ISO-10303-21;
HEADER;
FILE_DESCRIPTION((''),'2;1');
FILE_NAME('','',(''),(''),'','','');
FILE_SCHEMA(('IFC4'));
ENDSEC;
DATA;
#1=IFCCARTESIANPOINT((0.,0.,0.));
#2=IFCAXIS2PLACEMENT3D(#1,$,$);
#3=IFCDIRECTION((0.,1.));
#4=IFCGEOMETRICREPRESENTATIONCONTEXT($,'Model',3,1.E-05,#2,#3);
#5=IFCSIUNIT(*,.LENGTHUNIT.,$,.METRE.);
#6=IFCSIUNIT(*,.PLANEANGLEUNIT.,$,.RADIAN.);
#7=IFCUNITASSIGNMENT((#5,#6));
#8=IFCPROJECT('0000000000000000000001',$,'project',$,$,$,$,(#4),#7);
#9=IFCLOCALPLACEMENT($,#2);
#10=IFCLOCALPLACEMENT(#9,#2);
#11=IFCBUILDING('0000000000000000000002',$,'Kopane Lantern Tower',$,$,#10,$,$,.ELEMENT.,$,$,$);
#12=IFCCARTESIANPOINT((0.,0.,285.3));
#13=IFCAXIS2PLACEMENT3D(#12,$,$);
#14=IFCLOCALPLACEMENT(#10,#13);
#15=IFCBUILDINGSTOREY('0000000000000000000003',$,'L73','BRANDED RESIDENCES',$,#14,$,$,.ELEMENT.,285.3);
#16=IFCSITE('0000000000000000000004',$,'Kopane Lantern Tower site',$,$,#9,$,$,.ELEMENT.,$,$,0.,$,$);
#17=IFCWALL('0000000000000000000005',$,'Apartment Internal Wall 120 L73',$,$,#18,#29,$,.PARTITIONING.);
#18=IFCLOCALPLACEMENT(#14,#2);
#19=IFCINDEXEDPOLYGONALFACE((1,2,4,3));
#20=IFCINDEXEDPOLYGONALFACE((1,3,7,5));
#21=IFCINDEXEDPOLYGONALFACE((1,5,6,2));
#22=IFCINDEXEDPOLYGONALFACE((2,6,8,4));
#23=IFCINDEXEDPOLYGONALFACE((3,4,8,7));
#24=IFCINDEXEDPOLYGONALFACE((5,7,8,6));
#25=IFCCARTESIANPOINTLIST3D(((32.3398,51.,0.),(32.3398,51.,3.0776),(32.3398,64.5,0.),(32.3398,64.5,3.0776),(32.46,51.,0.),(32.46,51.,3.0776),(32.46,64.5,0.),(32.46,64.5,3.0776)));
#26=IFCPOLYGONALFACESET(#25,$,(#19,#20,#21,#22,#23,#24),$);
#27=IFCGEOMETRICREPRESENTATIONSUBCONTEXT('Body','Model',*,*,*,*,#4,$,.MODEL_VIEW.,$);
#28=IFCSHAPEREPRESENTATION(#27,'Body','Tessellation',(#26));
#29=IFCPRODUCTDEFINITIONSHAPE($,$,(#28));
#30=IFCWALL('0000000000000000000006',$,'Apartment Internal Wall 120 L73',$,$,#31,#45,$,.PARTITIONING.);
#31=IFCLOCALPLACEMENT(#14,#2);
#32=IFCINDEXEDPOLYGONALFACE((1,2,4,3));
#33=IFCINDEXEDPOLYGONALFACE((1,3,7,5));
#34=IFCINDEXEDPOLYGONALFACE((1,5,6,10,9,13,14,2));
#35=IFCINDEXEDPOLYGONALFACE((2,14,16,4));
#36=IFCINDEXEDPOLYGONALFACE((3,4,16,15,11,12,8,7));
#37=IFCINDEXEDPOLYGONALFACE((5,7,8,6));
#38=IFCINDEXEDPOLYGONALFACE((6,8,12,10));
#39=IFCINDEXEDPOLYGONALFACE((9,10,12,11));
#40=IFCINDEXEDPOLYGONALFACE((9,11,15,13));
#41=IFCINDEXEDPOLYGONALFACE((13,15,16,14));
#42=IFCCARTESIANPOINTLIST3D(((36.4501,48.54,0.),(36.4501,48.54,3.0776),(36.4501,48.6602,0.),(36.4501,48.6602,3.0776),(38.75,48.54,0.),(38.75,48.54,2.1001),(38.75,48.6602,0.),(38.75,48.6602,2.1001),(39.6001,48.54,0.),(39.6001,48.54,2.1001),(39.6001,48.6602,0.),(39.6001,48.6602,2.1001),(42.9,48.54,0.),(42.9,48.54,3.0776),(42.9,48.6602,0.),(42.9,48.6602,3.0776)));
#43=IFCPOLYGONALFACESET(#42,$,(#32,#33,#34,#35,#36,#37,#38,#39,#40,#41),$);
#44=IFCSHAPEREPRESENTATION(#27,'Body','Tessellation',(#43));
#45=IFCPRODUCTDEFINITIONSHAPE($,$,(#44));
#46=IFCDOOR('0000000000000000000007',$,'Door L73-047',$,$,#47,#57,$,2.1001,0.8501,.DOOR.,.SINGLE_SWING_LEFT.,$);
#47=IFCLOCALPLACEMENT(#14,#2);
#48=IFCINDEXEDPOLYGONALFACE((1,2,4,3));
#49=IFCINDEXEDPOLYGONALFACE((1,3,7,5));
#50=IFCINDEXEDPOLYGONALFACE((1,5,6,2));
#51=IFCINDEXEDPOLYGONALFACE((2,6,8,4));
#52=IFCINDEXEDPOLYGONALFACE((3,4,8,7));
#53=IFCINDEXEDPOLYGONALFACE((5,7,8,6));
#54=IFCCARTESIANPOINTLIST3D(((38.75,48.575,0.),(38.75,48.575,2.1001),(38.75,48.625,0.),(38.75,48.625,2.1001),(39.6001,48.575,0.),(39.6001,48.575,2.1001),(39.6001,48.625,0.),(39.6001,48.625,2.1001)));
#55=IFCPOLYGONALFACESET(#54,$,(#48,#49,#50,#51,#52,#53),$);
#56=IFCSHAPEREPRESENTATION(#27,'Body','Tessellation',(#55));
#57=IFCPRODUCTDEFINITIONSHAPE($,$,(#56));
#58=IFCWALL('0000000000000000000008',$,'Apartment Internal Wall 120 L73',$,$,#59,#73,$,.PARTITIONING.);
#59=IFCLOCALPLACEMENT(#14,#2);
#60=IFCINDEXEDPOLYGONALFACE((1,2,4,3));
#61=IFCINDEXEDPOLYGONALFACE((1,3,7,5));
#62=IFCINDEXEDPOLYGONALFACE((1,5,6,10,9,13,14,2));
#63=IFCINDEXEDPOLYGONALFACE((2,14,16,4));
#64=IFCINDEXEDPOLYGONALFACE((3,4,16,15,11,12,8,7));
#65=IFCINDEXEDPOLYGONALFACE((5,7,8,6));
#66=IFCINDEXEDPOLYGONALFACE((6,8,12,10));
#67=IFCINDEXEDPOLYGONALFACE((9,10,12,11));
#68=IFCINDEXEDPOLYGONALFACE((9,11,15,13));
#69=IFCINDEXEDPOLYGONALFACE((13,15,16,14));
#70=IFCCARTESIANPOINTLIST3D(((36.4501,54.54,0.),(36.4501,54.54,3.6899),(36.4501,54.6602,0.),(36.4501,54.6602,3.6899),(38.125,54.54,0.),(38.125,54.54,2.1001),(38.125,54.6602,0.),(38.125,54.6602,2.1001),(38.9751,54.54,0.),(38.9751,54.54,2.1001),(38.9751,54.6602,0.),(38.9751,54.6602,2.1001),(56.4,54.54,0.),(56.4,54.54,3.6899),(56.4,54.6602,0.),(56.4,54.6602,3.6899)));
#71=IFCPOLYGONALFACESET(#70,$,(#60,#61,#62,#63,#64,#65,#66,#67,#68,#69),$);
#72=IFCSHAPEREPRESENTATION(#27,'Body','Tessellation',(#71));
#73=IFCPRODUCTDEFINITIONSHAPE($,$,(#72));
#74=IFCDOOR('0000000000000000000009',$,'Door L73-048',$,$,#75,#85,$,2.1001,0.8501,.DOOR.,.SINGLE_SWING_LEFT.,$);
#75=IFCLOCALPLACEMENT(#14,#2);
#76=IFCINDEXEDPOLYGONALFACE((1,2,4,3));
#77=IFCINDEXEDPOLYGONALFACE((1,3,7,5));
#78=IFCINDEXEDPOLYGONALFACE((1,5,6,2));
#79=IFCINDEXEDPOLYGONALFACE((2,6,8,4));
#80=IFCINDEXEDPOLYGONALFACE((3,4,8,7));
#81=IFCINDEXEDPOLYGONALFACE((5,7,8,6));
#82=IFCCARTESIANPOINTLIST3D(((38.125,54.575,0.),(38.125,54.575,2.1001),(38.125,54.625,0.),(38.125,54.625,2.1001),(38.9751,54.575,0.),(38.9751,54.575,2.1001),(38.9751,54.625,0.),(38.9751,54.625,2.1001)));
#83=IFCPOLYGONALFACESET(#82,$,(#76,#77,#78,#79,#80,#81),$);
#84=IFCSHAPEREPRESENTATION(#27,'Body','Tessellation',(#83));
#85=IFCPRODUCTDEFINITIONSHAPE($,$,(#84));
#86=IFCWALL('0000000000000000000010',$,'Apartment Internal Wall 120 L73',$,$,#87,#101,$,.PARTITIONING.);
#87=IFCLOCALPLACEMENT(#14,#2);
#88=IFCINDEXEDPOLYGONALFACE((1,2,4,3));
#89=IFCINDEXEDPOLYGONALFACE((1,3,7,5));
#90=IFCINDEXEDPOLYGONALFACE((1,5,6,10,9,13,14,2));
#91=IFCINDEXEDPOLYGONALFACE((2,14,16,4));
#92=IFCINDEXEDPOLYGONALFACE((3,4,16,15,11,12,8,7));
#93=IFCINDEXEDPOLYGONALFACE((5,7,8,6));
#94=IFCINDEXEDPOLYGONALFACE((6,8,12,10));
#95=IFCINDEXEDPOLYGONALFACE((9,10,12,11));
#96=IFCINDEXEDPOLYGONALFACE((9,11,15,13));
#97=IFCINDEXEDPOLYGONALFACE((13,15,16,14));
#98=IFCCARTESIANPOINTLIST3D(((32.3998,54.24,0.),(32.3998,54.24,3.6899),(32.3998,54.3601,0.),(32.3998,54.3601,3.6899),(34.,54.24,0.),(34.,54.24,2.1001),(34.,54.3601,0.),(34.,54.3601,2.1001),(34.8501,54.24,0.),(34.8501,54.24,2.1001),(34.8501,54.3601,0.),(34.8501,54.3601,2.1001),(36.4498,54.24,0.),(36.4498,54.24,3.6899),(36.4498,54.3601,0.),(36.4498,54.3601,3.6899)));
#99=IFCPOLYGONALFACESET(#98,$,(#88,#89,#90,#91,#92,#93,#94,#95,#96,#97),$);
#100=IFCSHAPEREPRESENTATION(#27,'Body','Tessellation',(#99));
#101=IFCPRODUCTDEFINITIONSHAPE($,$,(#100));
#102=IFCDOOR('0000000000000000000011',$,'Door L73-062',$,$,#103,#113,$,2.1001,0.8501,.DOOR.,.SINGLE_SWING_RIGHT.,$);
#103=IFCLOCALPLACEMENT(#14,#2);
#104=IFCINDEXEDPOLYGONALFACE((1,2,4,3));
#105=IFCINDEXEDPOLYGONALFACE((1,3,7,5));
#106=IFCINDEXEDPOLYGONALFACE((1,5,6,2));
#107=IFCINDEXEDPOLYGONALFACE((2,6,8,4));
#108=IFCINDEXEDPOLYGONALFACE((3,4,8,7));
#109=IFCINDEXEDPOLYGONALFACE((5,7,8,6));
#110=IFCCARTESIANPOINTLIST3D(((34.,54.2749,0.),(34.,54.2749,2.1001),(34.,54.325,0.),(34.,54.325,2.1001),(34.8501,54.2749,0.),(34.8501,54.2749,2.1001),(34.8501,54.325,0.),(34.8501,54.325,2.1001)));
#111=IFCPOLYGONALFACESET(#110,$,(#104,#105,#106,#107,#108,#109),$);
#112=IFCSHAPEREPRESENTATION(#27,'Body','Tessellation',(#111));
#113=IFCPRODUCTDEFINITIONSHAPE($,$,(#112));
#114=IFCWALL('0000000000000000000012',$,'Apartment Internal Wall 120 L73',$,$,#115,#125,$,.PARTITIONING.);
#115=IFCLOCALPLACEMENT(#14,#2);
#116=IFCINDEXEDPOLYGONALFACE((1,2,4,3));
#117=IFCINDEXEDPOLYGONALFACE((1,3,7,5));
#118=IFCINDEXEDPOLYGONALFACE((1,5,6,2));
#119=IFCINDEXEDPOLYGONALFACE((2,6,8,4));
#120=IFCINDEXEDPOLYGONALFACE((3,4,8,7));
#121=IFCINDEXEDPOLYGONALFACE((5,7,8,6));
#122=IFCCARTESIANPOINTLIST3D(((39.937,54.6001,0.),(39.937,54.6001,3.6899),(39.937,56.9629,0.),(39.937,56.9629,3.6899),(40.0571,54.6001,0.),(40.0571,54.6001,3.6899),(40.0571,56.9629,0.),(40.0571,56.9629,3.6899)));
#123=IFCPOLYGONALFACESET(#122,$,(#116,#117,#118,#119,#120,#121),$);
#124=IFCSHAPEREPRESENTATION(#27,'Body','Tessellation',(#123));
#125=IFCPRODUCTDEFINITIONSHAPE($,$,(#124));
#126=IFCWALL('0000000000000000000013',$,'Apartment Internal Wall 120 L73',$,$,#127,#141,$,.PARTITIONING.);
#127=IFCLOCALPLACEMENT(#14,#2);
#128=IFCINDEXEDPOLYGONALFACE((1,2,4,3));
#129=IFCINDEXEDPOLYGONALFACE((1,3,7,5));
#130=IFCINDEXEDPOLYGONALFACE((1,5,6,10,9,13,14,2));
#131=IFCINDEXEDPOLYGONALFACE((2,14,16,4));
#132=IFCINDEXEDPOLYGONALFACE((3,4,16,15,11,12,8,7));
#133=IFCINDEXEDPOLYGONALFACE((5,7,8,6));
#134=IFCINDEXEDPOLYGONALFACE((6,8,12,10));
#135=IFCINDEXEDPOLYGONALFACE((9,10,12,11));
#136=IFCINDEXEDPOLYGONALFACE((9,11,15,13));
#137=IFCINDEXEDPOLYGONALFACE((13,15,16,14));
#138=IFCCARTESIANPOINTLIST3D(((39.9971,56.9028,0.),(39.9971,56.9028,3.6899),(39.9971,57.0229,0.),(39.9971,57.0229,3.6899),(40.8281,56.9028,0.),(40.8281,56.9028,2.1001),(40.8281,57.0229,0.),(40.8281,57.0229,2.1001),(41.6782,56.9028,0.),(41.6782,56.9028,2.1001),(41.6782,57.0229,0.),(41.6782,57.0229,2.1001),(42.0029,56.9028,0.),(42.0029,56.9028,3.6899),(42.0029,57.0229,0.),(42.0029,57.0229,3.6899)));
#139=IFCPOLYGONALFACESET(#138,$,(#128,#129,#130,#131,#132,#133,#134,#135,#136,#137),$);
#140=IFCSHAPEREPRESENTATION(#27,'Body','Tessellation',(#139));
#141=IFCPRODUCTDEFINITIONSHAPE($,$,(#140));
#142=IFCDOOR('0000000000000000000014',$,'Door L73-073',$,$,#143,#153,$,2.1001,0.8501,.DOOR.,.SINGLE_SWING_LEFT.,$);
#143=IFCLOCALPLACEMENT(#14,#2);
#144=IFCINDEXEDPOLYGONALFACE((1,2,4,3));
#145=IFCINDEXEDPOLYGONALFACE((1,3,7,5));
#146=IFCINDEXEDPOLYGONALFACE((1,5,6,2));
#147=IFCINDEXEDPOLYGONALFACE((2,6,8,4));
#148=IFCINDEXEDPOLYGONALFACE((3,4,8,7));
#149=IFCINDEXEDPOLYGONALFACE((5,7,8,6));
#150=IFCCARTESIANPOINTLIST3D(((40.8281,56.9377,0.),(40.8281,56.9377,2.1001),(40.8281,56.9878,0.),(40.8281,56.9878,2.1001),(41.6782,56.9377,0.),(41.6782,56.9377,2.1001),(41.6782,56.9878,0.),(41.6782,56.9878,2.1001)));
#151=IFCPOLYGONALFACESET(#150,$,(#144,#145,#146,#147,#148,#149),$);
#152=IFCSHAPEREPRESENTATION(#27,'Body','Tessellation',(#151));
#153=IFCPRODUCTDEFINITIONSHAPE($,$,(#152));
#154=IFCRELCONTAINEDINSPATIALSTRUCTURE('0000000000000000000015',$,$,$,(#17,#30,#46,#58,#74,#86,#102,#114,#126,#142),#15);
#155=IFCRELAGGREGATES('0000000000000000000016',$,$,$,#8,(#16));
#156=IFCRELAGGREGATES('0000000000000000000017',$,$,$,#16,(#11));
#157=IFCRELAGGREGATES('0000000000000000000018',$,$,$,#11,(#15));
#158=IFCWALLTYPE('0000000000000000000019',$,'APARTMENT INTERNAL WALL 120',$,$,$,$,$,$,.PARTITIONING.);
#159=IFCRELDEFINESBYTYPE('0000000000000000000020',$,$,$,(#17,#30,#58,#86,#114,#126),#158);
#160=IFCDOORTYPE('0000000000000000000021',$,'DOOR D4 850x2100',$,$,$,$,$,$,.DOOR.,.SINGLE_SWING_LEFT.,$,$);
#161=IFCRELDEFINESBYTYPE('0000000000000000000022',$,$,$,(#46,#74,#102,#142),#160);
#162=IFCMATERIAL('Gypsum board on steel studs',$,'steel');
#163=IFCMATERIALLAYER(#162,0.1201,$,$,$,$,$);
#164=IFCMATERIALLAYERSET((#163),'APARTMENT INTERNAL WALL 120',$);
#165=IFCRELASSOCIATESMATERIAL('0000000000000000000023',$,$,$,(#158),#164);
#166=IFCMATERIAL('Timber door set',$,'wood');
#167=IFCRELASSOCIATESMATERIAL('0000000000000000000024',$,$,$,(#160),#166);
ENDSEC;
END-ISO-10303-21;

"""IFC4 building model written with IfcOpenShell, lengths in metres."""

from ifc_helpers import new_model, si_unit, direction, frame, frame_2d, origin, place, context, subcontext, project, spatial, rectangle, extrude, material, layer, layer_set, type_object, element, fill, save


model = new_model("IFC4")

# Units and contexts
model_context = context("Model", 3, precision=1e-05, world=origin(), true_north=direction((0.0, 1.0)))
body_context = subcontext(model_context, "Body", "Model", "MODEL_VIEW")
ifc_project = project(units=[si_unit("LENGTHUNIT", "METRE"), si_unit("PLANEANGLEUNIT", "RADIAN")], contexts=[model_context])

# Site, building, storey
site_placement = place(None, origin())
site = spatial("IfcSite", under=ifc_project, at=site_placement, Name="Kopane Lantern Tower site", CompositionType="ELEMENT", RefElevation=0.0)
building_placement = place(site_placement, origin())
building = spatial("IfcBuilding", under=site, at=building_placement, Name="Kopane Lantern Tower", CompositionType="ELEMENT")
storey_placement = place(building_placement, frame((0.0, 0.0, 285.3)))
storey = spatial("IfcBuildingStorey", under=building, at=storey_placement, Name="L73", Description="BRANDED RESIDENCES", CompositionType="ELEMENT", Elevation=285.3)

# Wall
ifc_material_1 = material(Name="Gypsum board on steel studs", Category="steel")
ifc_layer_1 = layer(ifc_material_1, 0.1201)
ifc_layer_set_1 = layer_set([ifc_layer_1], Name="APARTMENT INTERNAL WALL 120")
wall_type_1 = type_object("IfcWallType", Name="APARTMENT INTERNAL WALL 120", PredefinedType="PARTITIONING", material=ifc_layer_set_1)
wall_1_placement = place(storey_placement, frame((32.3999, 51.0, 0.0), z_axis=(0.0, 0.0, 1.0), x_axis=(0.0, 1.0, 0.0)))
element("IfcWall", 1, at=wall_1_placement, inside=storey, type_object=wall_type_1, Name="Apartment Internal Wall 120 L73", PredefinedType="PARTITIONING", context=body_context, shape_type="SweptSolid", body=[
    extrude(rectangle(XDim=13.5, YDim=0.1201, at=frame_2d((6.75, 0.0))), origin(), (0.0, 0.0, 1.0), 3.0776),
])

# Walls, openings, doors
wall_2_placement = place(storey_placement, frame((36.45, 48.6001, 0.0), z_axis=(0.0, 0.0, 1.0), x_axis=(1.0, 0.0, 0.0)))
wall_2 = element("IfcWall", 2, at=wall_2_placement, inside=storey, type_object=wall_type_1, Name="Apartment Internal Wall 120 L73", PredefinedType="PARTITIONING", context=body_context, shape_type="SweptSolid", body=[
    extrude(rectangle(XDim=6.45, YDim=0.1201, at=frame_2d((3.2251, 0.0))), origin(), (0.0, 0.0, 1.0), 3.0776),
])
opening_1_placement = place(wall_2_placement, frame((2.3, 0.0, 0.0)))
opening_1 = element("IfcOpeningElement", 3, at=opening_1_placement, cuts=wall_2, PredefinedType="OPENING", context=body_context, shape_type="SweptSolid", body=[
    extrude(rectangle(XDim=0.8501, YDim=2.1001, at=frame_2d((0.425, 1.05))), frame((0.0, 0.0701, 0.0), z_axis=(0.0, -1.0, 0.0), x_axis=(1.0, 0.0, 0.0)), (0.0, 0.0, 1.0), 0.1401),
])
ifc_material_2 = material(Name="Timber door set", Category="wood")
door_type_1 = type_object("IfcDoorType", Name="DOOR D4 850x2100", OperationType="SINGLE_SWING_LEFT", PredefinedType="DOOR", material=ifc_material_2)
door_1_placement = place(opening_1_placement, origin())
door_1 = element("IfcDoor", 4, at=door_1_placement, inside=storey, type_object=door_type_1, Name="Door L73-047", OperationType="SINGLE_SWING_LEFT", OverallHeight=2.1001, OverallWidth=0.8501, PredefinedType="DOOR", context=body_context, shape_type="SweptSolid", body=[
    extrude(rectangle(XDim=0.8501, YDim=2.1001, at=frame_2d((0.425, 1.05))), frame((0.0, 0.0249, 0.0), z_axis=(0.0, -1.0, 0.0), x_axis=(1.0, 0.0, 0.0)), (0.0, 0.0, 1.0), 0.05),
])
fill(opening_1, door_1)
wall_3_placement = place(storey_placement, frame((36.45, 54.6001, 0.0), z_axis=(0.0, 0.0, 1.0), x_axis=(1.0, 0.0, 0.0)))
wall_3 = element("IfcWall", 5, at=wall_3_placement, inside=storey, type_object=wall_type_1, Name="Apartment Internal Wall 120 L73", PredefinedType="PARTITIONING", context=body_context, shape_type="SweptSolid", body=[
    extrude(rectangle(XDim=19.95, YDim=0.1201, at=frame_2d((9.9751, 0.0))), origin(), (0.0, 0.0, 1.0), 3.6899),
])
opening_2_placement = place(wall_3_placement, frame((1.675, 0.0, 0.0)))
opening_2 = element("IfcOpeningElement", 6, at=opening_2_placement, cuts=wall_3, PredefinedType="OPENING", context=body_context, shape_type="SweptSolid", body=[
    extrude(rectangle(XDim=0.8501, YDim=2.1001, at=frame_2d((0.425, 1.05))), frame((0.0, 0.0701, 0.0), z_axis=(0.0, -1.0, 0.0), x_axis=(1.0, 0.0, 0.0)), (0.0, 0.0, 1.0), 0.1401),
])
door_2_placement = place(opening_2_placement, origin())
door_2 = element("IfcDoor", 7, at=door_2_placement, inside=storey, type_object=door_type_1, Name="Door L73-048", OperationType="SINGLE_SWING_LEFT", OverallHeight=2.1001, OverallWidth=0.8501, PredefinedType="DOOR", context=body_context, shape_type="SweptSolid", body=[
    extrude(rectangle(XDim=0.8501, YDim=2.1001, at=frame_2d((0.425, 1.05))), frame((0.0, 0.0249, 0.0), z_axis=(0.0, -1.0, 0.0), x_axis=(1.0, 0.0, 0.0)), (0.0, 0.0, 1.0), 0.05),
])
fill(opening_2, door_2)
wall_4_placement = place(storey_placement, frame((32.3999, 54.3, 0.0), z_axis=(0.0, 0.0, 1.0), x_axis=(1.0, 0.0, 0.0)))
wall_4 = element("IfcWall", 8, at=wall_4_placement, inside=storey, type_object=wall_type_1, Name="Apartment Internal Wall 120 L73", PredefinedType="PARTITIONING", context=body_context, shape_type="SweptSolid", body=[
    extrude(rectangle(XDim=4.05, YDim=0.1201, at=frame_2d((2.0249, 0.0))), origin(), (0.0, 0.0, 1.0), 3.6899),
])
opening_3_placement = place(wall_4_placement, frame((1.6001, 0.0, 0.0)))
opening_3 = element("IfcOpeningElement", 9, at=opening_3_placement, cuts=wall_4, PredefinedType="OPENING", context=body_context, shape_type="SweptSolid", body=[
    extrude(rectangle(XDim=0.8501, YDim=2.1001, at=frame_2d((0.425, 1.05))), frame((0.0, 0.0701, 0.0), z_axis=(0.0, -1.0, 0.0), x_axis=(1.0, 0.0, 0.0)), (0.0, 0.0, 1.0), 0.1401),
])
door_3_placement = place(opening_3_placement, origin())
door_3 = element("IfcDoor", 10, at=door_3_placement, inside=storey, type_object=door_type_1, Name="Door L73-062", OperationType="SINGLE_SWING_RIGHT", OverallHeight=2.1001, OverallWidth=0.8501, PredefinedType="DOOR", context=body_context, shape_type="SweptSolid", body=[
    extrude(rectangle(XDim=0.8501, YDim=2.1001, at=frame_2d((0.425, 1.05))), frame((0.0, 0.0249, 0.0), z_axis=(0.0, -1.0, 0.0), x_axis=(1.0, 0.0, 0.0)), (0.0, 0.0, 1.0), 0.05),
])
fill(opening_3, door_3)

# Wall
wall_5_placement = place(storey_placement, frame((39.9971, 54.6001, 0.0), z_axis=(0.0, 0.0, 1.0), x_axis=(0.0, 1.0, 0.0)))
element("IfcWall", 11, at=wall_5_placement, inside=storey, type_object=wall_type_1, Name="Apartment Internal Wall 120 L73", PredefinedType="PARTITIONING", context=body_context, shape_type="SweptSolid", body=[
    extrude(rectangle(XDim=2.3628, YDim=0.1201, at=frame_2d((1.1814, 0.0))), origin(), (0.0, 0.0, 1.0), 3.6899),
])

# Wall, opening, door
wall_6_placement = place(storey_placement, frame((39.9971, 56.9629, 0.0), z_axis=(0.0, 0.0, 1.0), x_axis=(1.0, 0.0, 0.0)))
wall_6 = element("IfcWall", 12, at=wall_6_placement, inside=storey, type_object=wall_type_1, Name="Apartment Internal Wall 120 L73", PredefinedType="PARTITIONING", context=body_context, shape_type="SweptSolid", body=[
    extrude(rectangle(XDim=2.0059, YDim=0.1201, at=frame_2d((1.0029, 0.0))), origin(), (0.0, 0.0, 1.0), 3.6899),
])
opening_4_placement = place(wall_6_placement, frame((0.8311, 0.0, 0.0)))
opening_4 = element("IfcOpeningElement", 13, at=opening_4_placement, cuts=wall_6, PredefinedType="OPENING", context=body_context, shape_type="SweptSolid", body=[
    extrude(rectangle(XDim=0.8501, YDim=2.1001, at=frame_2d((0.425, 1.05))), frame((0.0, 0.0701, 0.0), z_axis=(0.0, -1.0, 0.0), x_axis=(1.0, 0.0, 0.0)), (0.0, 0.0, 1.0), 0.1401),
])
door_4_placement = place(opening_4_placement, origin())
door_4 = element("IfcDoor", 14, at=door_4_placement, inside=storey, type_object=door_type_1, Name="Door L73-073", OperationType="SINGLE_SWING_LEFT", OverallHeight=2.1001, OverallWidth=0.8501, PredefinedType="DOOR", context=body_context, shape_type="SweptSolid", body=[
    extrude(rectangle(XDim=0.8501, YDim=2.1001, at=frame_2d((0.425, 1.05))), frame((0.0, 0.0249, 0.0), z_axis=(0.0, -1.0, 0.0), x_axis=(1.0, 0.0, 0.0)), (0.0, 0.0, 1.0), 0.05),
])
fill(opening_4, door_4)

save(model, "model.ifc")
